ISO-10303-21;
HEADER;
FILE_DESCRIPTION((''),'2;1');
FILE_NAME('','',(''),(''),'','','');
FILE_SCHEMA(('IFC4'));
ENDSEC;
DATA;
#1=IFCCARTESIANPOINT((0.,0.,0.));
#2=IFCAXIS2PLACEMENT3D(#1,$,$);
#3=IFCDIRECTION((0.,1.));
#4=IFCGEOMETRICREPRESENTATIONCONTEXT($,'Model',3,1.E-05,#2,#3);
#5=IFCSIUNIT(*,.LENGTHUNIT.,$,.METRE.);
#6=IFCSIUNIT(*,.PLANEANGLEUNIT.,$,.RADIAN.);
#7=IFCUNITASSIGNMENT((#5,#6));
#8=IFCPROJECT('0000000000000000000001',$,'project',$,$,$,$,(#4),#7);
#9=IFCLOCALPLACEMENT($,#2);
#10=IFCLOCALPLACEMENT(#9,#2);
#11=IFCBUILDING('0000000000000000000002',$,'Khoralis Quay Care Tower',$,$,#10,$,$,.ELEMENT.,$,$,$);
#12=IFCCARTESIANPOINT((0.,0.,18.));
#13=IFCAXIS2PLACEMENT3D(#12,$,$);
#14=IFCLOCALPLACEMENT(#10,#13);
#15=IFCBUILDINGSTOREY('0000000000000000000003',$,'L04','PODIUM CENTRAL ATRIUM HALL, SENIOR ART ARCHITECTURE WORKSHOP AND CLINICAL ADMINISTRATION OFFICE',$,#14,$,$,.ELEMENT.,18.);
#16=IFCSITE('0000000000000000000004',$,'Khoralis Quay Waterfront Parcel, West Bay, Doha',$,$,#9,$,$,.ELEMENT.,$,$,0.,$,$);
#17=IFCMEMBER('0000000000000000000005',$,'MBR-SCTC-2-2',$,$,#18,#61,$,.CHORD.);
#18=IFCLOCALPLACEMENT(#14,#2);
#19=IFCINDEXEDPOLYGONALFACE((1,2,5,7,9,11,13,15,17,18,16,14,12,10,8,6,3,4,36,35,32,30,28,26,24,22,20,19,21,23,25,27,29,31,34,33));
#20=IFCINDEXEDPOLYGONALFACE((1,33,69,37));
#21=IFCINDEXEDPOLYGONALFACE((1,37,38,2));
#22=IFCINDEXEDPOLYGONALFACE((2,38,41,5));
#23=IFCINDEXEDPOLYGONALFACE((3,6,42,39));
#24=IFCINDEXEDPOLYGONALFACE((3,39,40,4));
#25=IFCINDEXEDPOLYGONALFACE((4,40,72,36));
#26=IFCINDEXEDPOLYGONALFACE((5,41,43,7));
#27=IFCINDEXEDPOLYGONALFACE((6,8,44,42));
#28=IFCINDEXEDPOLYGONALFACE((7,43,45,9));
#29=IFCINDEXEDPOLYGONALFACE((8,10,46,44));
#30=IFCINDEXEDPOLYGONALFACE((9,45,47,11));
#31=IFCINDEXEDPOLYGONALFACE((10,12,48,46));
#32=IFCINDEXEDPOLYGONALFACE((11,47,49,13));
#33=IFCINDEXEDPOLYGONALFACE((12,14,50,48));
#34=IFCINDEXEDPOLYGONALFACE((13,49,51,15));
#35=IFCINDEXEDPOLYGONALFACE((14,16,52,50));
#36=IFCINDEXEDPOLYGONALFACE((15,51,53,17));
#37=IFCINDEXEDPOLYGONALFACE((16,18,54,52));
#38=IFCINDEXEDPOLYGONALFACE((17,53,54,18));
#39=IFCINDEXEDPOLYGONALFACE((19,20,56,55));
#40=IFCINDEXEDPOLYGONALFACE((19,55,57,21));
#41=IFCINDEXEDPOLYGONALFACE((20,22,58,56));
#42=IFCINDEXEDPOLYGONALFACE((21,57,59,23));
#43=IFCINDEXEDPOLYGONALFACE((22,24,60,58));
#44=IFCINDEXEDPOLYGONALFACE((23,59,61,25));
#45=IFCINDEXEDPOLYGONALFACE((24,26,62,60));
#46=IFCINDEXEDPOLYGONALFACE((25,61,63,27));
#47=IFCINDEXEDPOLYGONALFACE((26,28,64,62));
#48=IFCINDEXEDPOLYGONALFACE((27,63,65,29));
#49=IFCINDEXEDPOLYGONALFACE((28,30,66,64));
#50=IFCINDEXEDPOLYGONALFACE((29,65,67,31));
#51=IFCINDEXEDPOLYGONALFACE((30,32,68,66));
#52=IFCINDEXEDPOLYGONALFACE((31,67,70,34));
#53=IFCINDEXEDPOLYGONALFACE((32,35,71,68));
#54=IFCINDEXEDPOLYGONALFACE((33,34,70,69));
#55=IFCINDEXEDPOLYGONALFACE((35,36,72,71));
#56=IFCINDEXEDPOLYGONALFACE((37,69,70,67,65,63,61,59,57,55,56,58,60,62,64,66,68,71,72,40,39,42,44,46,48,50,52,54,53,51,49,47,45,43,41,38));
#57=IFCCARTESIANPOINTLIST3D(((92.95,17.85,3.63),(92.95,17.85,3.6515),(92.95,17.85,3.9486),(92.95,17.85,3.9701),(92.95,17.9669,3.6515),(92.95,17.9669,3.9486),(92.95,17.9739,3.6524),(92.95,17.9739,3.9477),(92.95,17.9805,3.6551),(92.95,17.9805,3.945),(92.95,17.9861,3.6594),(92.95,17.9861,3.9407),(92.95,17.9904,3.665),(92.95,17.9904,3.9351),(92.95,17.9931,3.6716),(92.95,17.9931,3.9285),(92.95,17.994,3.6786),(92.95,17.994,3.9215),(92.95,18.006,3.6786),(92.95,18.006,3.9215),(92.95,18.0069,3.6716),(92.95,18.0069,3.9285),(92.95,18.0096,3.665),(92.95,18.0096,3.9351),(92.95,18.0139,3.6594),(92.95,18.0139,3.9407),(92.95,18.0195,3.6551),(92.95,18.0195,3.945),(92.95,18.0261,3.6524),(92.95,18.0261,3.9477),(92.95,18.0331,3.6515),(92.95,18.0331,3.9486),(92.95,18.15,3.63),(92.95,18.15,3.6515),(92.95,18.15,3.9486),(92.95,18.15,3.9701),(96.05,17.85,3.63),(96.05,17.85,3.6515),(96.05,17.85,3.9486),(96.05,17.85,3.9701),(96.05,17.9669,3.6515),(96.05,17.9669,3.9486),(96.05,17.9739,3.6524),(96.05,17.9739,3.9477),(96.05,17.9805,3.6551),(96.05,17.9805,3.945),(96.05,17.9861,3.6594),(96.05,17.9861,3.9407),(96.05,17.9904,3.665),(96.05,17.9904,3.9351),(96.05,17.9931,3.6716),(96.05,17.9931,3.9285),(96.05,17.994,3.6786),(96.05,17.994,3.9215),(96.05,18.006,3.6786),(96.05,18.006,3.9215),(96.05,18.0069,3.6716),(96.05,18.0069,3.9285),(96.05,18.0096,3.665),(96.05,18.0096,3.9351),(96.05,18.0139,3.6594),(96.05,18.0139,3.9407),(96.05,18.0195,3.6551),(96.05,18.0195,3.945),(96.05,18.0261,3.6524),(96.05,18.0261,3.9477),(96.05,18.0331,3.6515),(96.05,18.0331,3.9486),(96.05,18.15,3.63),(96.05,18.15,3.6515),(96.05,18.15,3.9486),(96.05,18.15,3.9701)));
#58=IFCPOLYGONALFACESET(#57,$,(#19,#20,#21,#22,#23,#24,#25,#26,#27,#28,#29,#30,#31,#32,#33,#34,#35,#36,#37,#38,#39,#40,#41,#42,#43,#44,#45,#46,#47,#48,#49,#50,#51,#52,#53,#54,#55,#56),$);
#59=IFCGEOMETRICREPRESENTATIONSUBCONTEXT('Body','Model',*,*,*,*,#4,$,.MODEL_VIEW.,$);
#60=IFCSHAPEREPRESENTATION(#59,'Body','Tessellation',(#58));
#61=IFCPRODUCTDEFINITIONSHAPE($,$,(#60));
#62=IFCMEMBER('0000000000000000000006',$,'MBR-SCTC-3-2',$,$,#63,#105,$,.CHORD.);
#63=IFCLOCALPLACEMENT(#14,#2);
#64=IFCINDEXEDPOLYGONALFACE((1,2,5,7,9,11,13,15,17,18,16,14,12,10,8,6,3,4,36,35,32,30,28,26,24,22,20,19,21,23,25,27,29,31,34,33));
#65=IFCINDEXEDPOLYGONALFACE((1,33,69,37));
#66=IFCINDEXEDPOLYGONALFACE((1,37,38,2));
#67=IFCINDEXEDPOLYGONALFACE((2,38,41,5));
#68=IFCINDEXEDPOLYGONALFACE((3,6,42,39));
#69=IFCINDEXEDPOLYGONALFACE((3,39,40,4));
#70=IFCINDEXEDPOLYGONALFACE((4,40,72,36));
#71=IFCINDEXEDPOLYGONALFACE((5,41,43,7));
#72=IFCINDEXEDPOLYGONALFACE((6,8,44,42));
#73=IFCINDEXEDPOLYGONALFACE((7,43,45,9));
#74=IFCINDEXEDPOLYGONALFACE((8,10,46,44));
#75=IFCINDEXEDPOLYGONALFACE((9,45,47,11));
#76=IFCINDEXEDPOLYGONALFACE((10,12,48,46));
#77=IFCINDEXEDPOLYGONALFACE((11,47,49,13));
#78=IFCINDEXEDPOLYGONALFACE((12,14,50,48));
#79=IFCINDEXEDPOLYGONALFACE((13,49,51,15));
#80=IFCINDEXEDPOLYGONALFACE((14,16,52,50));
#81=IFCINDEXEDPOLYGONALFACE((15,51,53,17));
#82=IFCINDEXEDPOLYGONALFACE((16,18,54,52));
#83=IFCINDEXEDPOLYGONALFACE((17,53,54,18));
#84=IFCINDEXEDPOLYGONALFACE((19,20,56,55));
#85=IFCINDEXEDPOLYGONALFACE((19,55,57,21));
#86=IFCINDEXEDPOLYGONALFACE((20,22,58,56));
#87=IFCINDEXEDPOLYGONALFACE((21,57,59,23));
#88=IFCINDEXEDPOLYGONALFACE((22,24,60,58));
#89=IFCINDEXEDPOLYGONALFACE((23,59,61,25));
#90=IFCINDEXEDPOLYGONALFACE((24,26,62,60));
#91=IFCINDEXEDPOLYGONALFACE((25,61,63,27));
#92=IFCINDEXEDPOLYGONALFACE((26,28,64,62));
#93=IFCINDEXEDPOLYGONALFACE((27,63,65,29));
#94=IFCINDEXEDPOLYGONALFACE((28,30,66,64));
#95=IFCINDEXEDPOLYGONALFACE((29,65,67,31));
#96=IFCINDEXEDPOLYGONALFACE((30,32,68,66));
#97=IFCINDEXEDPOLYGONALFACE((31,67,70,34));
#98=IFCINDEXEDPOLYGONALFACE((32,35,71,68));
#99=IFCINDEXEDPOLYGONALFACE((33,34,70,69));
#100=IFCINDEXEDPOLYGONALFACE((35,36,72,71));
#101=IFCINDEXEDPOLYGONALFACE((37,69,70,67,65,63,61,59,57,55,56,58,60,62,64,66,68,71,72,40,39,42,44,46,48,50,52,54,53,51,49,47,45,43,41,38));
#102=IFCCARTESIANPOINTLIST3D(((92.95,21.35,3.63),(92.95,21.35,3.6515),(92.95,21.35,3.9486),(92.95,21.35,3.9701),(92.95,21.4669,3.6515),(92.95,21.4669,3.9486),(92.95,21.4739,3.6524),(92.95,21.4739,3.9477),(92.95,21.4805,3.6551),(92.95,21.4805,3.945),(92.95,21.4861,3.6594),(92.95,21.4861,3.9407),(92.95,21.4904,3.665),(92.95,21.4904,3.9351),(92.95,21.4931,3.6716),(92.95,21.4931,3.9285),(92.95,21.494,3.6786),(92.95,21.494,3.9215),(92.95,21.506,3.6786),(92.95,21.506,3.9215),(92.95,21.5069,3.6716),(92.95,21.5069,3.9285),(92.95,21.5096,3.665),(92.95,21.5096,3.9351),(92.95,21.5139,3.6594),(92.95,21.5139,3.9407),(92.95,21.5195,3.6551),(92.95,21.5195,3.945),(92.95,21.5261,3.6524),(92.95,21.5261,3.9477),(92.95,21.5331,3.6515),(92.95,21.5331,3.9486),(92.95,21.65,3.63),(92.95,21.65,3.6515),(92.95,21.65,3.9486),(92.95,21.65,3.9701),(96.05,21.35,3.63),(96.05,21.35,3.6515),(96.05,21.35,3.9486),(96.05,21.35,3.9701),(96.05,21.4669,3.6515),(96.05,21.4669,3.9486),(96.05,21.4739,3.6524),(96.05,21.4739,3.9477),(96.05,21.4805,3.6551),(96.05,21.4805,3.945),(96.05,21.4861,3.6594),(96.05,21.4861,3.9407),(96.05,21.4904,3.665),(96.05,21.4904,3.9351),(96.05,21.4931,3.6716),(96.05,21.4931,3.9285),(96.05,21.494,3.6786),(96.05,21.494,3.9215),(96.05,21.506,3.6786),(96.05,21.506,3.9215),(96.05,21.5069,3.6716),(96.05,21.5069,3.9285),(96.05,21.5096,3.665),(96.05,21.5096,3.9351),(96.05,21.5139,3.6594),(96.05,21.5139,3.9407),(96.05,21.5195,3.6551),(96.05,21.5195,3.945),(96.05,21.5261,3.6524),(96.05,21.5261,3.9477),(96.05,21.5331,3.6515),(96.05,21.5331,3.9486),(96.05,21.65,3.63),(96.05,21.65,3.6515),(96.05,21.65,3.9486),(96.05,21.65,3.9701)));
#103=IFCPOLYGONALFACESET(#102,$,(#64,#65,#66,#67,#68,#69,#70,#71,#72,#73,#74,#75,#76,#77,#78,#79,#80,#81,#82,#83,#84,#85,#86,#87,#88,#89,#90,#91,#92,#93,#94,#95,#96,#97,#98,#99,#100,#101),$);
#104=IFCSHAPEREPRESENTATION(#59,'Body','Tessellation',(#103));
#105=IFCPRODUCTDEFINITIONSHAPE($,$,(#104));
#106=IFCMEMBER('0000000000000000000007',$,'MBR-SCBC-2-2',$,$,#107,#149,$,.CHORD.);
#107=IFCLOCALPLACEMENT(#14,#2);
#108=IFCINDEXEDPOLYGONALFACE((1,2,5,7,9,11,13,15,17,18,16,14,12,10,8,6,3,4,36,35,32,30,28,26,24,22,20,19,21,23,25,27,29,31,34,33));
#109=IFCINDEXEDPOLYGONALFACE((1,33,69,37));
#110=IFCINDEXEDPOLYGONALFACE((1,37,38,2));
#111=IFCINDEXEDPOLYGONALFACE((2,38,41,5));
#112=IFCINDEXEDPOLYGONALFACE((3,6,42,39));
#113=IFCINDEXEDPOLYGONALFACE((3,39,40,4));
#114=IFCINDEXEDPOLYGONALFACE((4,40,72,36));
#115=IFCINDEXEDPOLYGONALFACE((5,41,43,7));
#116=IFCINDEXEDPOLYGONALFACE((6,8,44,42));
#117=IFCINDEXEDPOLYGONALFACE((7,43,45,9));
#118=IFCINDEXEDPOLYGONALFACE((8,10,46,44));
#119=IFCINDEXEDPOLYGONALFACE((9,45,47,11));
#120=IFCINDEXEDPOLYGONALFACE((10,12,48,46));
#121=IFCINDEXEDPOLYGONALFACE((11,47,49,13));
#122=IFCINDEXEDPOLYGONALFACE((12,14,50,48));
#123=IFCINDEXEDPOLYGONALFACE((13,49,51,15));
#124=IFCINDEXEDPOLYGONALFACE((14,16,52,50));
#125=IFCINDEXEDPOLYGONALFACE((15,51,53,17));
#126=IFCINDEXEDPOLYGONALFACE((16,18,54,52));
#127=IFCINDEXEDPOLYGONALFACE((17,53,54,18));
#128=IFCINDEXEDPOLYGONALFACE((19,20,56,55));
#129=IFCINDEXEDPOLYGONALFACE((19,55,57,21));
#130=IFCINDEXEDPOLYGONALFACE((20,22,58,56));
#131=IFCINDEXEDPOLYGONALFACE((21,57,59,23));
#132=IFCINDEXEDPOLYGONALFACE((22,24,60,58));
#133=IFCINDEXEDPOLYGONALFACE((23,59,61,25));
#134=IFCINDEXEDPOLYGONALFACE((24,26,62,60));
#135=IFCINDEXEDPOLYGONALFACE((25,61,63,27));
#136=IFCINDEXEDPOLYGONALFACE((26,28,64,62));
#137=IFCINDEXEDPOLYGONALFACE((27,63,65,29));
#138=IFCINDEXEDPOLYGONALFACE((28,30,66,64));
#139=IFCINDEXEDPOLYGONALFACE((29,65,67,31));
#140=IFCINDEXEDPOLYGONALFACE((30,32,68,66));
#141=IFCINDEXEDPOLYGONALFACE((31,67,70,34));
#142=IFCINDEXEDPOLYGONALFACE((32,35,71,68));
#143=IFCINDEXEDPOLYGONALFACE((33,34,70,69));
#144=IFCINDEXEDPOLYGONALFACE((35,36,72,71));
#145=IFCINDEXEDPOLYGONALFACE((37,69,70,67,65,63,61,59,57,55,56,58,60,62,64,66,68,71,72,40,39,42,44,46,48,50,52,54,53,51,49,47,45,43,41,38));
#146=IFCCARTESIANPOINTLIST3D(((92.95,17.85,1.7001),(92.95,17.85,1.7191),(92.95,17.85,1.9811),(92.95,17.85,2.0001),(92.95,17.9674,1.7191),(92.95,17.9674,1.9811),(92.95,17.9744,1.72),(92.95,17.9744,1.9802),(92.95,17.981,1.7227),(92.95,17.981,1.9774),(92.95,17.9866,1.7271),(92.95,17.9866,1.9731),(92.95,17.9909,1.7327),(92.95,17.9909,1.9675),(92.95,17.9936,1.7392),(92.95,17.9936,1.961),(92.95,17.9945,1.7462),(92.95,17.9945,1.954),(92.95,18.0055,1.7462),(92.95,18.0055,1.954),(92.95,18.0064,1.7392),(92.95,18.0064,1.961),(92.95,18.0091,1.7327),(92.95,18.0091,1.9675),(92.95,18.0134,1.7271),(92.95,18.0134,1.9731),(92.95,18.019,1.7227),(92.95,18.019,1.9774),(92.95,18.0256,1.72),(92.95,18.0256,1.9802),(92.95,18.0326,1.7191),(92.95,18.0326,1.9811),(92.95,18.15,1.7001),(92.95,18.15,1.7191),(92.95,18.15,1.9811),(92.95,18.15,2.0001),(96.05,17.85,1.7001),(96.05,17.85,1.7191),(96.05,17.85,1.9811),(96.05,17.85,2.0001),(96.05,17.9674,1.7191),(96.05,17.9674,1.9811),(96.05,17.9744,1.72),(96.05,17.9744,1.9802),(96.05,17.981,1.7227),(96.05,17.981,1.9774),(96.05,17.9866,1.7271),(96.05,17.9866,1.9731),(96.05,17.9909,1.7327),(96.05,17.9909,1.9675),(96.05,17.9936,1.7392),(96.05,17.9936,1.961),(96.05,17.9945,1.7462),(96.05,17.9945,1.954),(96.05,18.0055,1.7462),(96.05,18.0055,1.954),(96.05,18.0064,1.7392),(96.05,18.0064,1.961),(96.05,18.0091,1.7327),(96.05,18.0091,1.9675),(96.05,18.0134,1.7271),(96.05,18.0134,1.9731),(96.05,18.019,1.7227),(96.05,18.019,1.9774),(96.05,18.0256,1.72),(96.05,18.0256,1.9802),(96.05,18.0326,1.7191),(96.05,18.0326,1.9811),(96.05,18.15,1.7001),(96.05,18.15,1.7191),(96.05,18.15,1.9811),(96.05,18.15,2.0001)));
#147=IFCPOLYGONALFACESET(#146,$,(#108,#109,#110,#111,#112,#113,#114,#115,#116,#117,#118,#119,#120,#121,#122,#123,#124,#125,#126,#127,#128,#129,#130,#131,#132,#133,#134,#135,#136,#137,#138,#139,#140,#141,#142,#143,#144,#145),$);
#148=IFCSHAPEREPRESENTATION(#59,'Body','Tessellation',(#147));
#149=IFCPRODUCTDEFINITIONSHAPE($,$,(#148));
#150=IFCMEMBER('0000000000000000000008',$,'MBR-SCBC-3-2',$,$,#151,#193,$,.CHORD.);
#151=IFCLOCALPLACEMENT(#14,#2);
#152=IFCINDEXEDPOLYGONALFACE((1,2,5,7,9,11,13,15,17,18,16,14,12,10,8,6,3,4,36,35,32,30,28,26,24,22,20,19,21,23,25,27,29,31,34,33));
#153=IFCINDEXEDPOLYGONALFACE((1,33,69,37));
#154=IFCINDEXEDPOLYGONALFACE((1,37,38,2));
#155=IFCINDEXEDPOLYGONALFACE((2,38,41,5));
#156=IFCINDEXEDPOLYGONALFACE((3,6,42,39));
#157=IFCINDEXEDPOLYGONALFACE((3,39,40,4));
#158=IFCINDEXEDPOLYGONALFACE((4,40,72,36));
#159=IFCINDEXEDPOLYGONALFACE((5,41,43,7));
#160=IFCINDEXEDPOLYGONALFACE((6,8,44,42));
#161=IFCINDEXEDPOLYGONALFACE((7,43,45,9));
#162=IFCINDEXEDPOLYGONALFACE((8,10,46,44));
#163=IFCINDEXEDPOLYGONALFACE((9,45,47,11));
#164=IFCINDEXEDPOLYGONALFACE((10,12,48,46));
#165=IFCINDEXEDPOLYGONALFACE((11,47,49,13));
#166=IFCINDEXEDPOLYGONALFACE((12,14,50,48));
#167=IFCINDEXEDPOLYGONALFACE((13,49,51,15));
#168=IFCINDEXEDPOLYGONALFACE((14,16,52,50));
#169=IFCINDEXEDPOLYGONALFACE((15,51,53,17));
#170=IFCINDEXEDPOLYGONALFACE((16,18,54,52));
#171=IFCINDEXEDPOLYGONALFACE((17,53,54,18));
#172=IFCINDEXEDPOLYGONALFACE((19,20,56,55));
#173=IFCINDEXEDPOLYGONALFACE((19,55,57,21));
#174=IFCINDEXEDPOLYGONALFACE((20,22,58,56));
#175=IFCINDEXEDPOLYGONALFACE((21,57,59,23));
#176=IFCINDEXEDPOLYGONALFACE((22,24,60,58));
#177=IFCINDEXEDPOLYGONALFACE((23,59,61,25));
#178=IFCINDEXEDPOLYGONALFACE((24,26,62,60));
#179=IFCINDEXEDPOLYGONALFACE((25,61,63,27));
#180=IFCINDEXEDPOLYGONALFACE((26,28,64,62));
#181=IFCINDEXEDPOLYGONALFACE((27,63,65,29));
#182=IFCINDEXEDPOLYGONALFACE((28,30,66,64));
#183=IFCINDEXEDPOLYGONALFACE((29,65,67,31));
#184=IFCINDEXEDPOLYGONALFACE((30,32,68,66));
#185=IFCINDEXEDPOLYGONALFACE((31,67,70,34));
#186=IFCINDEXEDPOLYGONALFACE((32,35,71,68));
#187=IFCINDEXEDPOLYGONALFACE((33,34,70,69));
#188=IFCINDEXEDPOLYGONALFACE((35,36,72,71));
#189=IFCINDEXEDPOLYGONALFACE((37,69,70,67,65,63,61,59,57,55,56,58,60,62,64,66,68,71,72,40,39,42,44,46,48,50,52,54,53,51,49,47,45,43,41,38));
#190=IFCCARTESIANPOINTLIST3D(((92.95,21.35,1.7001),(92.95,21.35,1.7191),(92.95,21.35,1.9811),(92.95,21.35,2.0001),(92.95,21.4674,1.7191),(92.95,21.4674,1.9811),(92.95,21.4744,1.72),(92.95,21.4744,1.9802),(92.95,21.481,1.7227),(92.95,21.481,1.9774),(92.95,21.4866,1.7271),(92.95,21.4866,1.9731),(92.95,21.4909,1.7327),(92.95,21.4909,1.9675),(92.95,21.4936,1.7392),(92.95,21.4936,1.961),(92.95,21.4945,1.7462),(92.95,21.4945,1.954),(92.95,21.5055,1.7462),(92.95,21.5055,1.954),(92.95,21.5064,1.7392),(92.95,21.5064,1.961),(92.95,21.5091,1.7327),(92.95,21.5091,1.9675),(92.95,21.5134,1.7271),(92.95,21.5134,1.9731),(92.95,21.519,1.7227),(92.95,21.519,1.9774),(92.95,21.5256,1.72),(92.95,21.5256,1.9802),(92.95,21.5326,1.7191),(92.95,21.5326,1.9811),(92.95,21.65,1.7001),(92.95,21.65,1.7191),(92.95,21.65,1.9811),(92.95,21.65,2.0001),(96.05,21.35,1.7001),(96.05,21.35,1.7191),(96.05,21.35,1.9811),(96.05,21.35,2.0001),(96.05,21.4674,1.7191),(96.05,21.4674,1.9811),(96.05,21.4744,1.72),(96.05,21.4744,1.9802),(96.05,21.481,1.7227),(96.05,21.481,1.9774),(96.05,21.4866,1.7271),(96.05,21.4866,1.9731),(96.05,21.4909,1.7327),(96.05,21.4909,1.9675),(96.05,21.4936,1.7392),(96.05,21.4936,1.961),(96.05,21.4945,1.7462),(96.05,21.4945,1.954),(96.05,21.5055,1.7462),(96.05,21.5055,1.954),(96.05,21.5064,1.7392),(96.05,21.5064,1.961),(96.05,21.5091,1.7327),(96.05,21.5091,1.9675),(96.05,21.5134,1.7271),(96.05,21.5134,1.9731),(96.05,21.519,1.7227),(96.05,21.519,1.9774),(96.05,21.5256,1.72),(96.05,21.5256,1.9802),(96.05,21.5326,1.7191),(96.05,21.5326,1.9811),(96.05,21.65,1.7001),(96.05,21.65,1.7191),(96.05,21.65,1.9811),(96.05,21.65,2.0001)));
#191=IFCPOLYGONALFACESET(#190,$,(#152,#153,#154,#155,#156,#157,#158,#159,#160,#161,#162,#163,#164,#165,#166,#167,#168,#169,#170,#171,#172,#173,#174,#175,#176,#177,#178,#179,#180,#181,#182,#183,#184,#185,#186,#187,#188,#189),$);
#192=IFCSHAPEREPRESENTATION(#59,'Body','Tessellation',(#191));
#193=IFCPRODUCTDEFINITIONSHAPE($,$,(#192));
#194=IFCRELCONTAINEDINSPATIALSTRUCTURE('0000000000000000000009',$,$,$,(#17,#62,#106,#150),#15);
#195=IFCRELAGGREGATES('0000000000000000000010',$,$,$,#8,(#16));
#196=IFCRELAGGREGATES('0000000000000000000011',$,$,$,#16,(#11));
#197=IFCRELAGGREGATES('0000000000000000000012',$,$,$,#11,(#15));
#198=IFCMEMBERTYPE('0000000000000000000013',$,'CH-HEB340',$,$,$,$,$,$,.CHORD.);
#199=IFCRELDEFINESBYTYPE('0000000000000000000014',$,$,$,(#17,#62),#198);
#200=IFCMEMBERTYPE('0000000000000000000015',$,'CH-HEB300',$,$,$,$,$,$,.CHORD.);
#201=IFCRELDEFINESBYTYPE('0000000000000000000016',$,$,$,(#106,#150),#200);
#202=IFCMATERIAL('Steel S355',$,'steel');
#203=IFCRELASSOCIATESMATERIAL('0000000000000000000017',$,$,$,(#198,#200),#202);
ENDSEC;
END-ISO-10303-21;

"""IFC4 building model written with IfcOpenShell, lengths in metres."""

from ifc_helpers import new_model, si_unit, direction, frame, origin, origin_2d, place, context, subcontext, project, spatial, i_section, extrude, source, transform, mapped, material, material_profile, profile_set, type_object, element, save


model = new_model("IFC4")

# Units and contexts
model_context = context("Model", 3, precision=1e-05, world=origin(), true_north=direction((0.0, 1.0)))
body_context = subcontext(model_context, "Body", "Model", "MODEL_VIEW")
ifc_project = project(units=[si_unit("LENGTHUNIT", "METRE"), si_unit("PLANEANGLEUNIT", "RADIAN")], contexts=[model_context])

# Site, building, storey
site_placement = place(None, origin())
site = spatial("IfcSite", under=ifc_project, at=site_placement, Name="Khoralis Quay Waterfront Parcel, West Bay, Doha", CompositionType="ELEMENT", RefElevation=0.0)
building_placement = place(site_placement, origin())
building = spatial("IfcBuilding", under=site, at=building_placement, Name="Khoralis Quay Care Tower", CompositionType="ELEMENT")
storey_placement = place(building_placement, frame((0.0, 0.0, 18.0)))
storey = spatial("IfcBuildingStorey", under=building, at=storey_placement, Name="L04", Description="PODIUM CENTRAL ATRIUM HALL, SENIOR ART ARCHITECTURE WORKSHOP AND CLINICAL ADMINISTRATION OFFICE", CompositionType="ELEMENT", Elevation=18.0)

# Members
ifc_material = material(Name="Steel S355", Category="steel")
ifc_material_profile_1 = material_profile(ifc_material, i_section(OverallWidth=0.3, OverallDepth=0.3401, WebThickness=0.012, FlangeThickness=0.0215, FilletRadius=0.0271, at=origin_2d()), Name="Steel S355")
ifc_profile_set_1 = profile_set([ifc_material_profile_1], Name="Steel S355")
member_type_1 = type_object("IfcMemberType", Name="CH-HEB340", PredefinedType="CHORD", material=ifc_profile_set_1)
shared_shape_1 = source(origin(), body_context, "Body", "SweptSolid", [
    extrude(i_section(OverallWidth=0.3, OverallDepth=0.3401, WebThickness=0.012, FlangeThickness=0.0215, FilletRadius=0.0271, at=origin_2d()), origin(), (0.0, 0.0, 1.0), 3.1001),
])
for number, where, z_axis, x_axis, name in (
    (1, (92.95, 18.0, 3.8), (1.0, 0.0, 0.0), (0.0, 1.0, 0.0), "MBR-SCTC-2-2"),
    (2, (92.95, 21.5, 3.8), (1.0, 0.0, 0.0), (0.0, 1.0, 0.0), "MBR-SCTC-3-2"),
):
    element("IfcMember", number, at=place(storey_placement, frame(where, z_axis=z_axis, x_axis=x_axis)), inside=storey, type_object=member_type_1, Name=name, PredefinedType="CHORD", context=body_context, shape_type="MappedRepresentation", body=[
        mapped(shared_shape_1, transform((0.0, 0.0, 0.0), scale=1.0)),
    ])
ifc_material_profile_2 = material_profile(ifc_material, i_section(OverallWidth=0.3, OverallDepth=0.3, WebThickness=0.011, FlangeThickness=0.019, FilletRadius=0.0271, at=origin_2d()), Name="Steel S355")
ifc_profile_set_2 = profile_set([ifc_material_profile_2], Name="Steel S355")
member_type_2 = type_object("IfcMemberType", Name="CH-HEB300", PredefinedType="CHORD", material=ifc_profile_set_2)
shared_shape_2 = source(origin(), body_context, "Body", "SweptSolid", [
    extrude(i_section(OverallWidth=0.3, OverallDepth=0.3, WebThickness=0.011, FlangeThickness=0.019, FilletRadius=0.0271, at=origin_2d()), origin(), (0.0, 0.0, 1.0), 3.1001),
])
for number, where, z_axis, x_axis, name in (
    (3, (92.95, 18.0, 1.8501), (1.0, 0.0, 0.0), (0.0, 1.0, 0.0), "MBR-SCBC-2-2"),
    (4, (92.95, 21.5, 1.8501), (1.0, 0.0, 0.0), (0.0, 1.0, 0.0), "MBR-SCBC-3-2"),
):
    element("IfcMember", number, at=place(storey_placement, frame(where, z_axis=z_axis, x_axis=x_axis)), inside=storey, type_object=member_type_2, Name=name, PredefinedType="CHORD", context=body_context, shape_type="MappedRepresentation", body=[
        mapped(shared_shape_2, transform((0.0, 0.0, 0.0), scale=1.0)),
    ])

save(model, "model.ifc")
